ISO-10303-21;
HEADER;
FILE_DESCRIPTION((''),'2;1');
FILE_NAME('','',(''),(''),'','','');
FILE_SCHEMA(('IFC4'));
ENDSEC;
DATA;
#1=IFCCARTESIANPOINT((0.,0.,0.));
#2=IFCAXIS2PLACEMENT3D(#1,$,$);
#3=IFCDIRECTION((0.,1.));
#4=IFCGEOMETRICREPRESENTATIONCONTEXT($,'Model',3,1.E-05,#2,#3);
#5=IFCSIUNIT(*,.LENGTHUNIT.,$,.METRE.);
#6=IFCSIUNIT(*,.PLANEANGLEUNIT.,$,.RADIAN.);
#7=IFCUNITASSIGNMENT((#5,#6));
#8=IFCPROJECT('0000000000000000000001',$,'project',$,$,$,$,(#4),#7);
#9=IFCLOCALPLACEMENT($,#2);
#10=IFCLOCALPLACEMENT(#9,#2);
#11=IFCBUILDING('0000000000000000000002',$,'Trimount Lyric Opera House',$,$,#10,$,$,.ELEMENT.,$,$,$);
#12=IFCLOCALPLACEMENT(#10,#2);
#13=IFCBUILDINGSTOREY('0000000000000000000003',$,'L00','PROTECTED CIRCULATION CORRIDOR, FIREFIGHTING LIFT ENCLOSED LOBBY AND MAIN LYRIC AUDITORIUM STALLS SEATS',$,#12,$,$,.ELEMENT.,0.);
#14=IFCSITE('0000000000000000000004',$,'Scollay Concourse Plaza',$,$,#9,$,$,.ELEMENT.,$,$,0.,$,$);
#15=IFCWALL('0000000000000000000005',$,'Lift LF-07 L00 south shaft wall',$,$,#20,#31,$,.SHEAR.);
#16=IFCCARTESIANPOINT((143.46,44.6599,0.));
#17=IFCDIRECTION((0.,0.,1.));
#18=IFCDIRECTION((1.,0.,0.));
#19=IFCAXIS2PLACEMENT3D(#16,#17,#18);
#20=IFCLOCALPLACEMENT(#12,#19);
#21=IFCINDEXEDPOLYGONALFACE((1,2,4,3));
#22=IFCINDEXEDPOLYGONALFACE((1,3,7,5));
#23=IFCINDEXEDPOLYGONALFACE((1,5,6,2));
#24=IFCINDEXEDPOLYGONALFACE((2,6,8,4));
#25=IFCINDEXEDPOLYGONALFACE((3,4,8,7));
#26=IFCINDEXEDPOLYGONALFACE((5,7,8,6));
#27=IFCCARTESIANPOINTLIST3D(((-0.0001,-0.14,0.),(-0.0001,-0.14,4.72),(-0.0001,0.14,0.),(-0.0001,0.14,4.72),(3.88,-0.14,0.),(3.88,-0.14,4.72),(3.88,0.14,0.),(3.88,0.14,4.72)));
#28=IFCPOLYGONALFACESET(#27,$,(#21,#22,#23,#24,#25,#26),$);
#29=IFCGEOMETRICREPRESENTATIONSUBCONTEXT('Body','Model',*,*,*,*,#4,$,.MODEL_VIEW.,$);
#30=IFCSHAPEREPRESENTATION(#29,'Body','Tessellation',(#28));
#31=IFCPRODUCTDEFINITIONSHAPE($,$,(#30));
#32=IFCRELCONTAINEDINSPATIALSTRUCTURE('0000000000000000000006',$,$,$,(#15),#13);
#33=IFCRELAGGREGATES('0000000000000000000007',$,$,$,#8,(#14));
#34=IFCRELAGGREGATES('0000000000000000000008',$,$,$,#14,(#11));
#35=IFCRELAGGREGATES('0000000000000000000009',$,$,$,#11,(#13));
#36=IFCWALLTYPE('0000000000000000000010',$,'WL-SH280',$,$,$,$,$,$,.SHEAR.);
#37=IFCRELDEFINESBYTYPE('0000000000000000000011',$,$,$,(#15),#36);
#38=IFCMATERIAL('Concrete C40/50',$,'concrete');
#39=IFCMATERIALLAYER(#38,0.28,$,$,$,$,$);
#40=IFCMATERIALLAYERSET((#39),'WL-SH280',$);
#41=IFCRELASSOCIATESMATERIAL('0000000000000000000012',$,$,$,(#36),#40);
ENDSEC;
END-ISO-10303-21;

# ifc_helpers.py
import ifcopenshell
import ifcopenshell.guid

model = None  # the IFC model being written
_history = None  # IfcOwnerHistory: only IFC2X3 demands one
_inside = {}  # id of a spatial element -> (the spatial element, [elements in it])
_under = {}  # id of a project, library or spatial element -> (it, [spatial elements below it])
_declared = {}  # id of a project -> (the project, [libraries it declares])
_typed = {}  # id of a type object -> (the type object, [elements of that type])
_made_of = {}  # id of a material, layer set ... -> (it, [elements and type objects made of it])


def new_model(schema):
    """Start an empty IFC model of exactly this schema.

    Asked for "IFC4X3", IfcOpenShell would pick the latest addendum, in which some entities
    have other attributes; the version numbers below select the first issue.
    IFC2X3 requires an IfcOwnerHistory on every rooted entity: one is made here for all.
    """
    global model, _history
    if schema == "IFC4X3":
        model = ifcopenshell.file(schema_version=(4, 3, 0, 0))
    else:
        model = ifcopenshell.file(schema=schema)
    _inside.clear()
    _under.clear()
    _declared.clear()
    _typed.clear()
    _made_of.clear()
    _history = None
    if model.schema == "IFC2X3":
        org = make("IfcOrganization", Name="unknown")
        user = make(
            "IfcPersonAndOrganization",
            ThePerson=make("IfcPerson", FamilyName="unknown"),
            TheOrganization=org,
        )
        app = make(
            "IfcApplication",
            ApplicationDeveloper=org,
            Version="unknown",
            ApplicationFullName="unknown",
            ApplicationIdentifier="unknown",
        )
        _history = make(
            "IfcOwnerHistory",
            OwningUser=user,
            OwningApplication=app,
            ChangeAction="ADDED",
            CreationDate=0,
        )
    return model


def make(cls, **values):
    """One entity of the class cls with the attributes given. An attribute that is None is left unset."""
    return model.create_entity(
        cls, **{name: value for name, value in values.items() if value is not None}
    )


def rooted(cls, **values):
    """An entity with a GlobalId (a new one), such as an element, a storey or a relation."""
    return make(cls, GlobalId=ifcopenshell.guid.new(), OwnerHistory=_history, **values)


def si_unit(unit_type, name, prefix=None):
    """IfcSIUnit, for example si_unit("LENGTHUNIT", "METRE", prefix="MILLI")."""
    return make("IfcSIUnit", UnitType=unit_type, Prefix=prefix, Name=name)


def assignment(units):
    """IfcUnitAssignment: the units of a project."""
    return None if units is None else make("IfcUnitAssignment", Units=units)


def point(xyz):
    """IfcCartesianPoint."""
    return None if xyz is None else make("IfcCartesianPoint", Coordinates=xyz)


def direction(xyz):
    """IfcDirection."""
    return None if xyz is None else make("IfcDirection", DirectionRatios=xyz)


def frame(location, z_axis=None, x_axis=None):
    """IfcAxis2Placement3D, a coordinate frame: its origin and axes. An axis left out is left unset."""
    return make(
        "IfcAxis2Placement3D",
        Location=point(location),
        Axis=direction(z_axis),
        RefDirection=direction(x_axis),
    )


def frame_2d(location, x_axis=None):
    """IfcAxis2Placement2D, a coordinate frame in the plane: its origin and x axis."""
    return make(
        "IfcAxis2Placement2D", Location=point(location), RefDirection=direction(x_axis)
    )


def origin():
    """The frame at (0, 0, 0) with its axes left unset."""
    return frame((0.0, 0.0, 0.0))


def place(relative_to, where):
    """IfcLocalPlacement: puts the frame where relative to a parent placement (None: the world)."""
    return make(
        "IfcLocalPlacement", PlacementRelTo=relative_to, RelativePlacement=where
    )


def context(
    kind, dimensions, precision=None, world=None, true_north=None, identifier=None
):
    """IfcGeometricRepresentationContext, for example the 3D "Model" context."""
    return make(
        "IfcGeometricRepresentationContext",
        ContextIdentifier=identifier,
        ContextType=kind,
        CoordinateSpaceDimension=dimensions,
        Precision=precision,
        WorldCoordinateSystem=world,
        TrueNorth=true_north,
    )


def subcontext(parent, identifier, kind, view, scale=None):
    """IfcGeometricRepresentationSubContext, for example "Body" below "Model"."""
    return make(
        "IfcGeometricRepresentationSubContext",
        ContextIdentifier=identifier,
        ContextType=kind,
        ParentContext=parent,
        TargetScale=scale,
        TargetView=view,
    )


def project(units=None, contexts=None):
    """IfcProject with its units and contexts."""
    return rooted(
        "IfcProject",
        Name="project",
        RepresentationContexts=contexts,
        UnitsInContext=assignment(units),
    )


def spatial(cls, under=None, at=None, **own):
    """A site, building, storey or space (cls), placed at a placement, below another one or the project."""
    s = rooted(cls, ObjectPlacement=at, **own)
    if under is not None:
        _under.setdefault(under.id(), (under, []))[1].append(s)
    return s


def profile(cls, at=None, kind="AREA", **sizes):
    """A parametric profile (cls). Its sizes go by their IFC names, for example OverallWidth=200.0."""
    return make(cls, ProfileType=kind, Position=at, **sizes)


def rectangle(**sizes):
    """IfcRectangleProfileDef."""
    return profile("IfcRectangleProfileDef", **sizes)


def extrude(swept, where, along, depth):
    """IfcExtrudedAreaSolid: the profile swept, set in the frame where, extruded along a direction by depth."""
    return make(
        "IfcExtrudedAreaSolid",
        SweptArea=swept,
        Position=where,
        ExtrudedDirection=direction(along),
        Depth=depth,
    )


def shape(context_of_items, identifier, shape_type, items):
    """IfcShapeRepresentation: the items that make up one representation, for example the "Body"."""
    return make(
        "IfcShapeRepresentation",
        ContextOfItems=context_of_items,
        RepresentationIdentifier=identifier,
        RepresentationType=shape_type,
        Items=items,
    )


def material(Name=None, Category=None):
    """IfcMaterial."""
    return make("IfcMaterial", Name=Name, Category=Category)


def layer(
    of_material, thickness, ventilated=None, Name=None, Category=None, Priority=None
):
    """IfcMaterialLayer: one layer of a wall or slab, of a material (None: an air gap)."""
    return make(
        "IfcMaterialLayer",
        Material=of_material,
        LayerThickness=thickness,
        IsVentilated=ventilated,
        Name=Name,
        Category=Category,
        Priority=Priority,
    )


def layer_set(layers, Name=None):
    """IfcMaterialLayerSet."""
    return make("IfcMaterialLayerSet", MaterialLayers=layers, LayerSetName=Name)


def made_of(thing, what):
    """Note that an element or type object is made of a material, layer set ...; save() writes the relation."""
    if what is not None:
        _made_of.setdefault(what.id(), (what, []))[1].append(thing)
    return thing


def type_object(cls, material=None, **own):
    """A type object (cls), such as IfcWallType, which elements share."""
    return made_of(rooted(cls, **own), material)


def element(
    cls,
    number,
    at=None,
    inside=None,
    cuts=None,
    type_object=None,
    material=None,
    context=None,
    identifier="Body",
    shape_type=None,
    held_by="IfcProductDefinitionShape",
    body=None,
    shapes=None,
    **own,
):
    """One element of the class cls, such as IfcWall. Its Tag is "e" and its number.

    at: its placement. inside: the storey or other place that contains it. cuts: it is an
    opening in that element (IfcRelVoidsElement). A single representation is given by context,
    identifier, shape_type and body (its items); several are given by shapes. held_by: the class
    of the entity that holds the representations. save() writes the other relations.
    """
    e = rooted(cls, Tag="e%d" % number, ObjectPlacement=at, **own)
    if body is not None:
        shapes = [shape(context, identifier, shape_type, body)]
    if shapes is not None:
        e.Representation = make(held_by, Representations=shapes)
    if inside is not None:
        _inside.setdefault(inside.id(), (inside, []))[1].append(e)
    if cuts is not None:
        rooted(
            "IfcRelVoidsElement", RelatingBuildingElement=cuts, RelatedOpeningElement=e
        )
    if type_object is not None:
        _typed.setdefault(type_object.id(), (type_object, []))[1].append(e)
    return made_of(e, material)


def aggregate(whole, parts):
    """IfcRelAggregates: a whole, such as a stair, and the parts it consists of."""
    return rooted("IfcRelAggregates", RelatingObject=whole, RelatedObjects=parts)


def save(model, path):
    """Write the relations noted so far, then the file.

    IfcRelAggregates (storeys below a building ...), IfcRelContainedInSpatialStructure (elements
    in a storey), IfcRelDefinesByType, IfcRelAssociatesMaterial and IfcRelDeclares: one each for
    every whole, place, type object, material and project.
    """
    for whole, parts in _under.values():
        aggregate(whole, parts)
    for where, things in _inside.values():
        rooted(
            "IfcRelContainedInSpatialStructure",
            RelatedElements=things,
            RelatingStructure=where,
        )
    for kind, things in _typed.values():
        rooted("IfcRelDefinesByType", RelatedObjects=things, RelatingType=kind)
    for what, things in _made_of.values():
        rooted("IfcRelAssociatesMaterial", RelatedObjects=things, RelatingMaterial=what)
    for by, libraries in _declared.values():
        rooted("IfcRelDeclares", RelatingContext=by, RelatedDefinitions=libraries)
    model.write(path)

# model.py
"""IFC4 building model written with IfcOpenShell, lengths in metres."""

from ifc_helpers import new_model, si_unit, direction, frame, frame_2d, origin, place, context, subcontext, project, spatial, rectangle, extrude, material, layer, layer_set, type_object, element, save


model = new_model("IFC4")

# Units and contexts
model_context = context("Model", 3, precision=1e-05, world=origin(), true_north=direction((0.0, 1.0)))
body_context = subcontext(model_context, "Body", "Model", "MODEL_VIEW")
ifc_project = project(units=[si_unit("LENGTHUNIT", "METRE"), si_unit("PLANEANGLEUNIT", "RADIAN")], contexts=[model_context])

# Site, building, storey
site_placement = place(None, origin())
site = spatial("IfcSite", under=ifc_project, at=site_placement, Name="Scollay Concourse Plaza", CompositionType="ELEMENT", RefElevation=0.0)
building_placement = place(site_placement, origin())
building = spatial("IfcBuilding", under=site, at=building_placement, Name="Trimount Lyric Opera House", CompositionType="ELEMENT")
storey_placement = place(building_placement, origin())
storey = spatial("IfcBuildingStorey", under=building, at=storey_placement, Name="L00", Description="PROTECTED CIRCULATION CORRIDOR, FIREFIGHTING LIFT ENCLOSED LOBBY AND MAIN LYRIC AUDITORIUM STALLS SEATS", CompositionType="ELEMENT", Elevation=0.0)

# Wall
ifc_material_1 = material(Name="Concrete C40/50", Category="concrete")
ifc_layer_1 = layer(ifc_material_1, 0.28)
ifc_layer_set_1 = layer_set([ifc_layer_1], Name="WL-SH280")
wall_type_1 = type_object("IfcWallType", Name="WL-SH280", PredefinedType="SHEAR", material=ifc_layer_set_1)
for number, where, z_axis, x_axis, name in (
    (1, (143.46, 44.6599, 0.0), (0.0, 0.0, 1.0), (1.0, 0.0, 0.0), "Lift LF-07 L00 south shaft wall"),
):
    element("IfcWall", number, at=place(storey_placement, frame(where, z_axis=z_axis, x_axis=x_axis)), inside=storey, type_object=wall_type_1, Name=name, PredefinedType="SHEAR", context=body_context, shape_type="SweptSolid", body=[
        extrude(rectangle(XDim=3.8801, YDim=0.28, at=frame_2d((1.9399, 0.0))), origin(), (0.0, 0.0, 1.0), 4.72),
    ])

save(model, "model.ifc")
